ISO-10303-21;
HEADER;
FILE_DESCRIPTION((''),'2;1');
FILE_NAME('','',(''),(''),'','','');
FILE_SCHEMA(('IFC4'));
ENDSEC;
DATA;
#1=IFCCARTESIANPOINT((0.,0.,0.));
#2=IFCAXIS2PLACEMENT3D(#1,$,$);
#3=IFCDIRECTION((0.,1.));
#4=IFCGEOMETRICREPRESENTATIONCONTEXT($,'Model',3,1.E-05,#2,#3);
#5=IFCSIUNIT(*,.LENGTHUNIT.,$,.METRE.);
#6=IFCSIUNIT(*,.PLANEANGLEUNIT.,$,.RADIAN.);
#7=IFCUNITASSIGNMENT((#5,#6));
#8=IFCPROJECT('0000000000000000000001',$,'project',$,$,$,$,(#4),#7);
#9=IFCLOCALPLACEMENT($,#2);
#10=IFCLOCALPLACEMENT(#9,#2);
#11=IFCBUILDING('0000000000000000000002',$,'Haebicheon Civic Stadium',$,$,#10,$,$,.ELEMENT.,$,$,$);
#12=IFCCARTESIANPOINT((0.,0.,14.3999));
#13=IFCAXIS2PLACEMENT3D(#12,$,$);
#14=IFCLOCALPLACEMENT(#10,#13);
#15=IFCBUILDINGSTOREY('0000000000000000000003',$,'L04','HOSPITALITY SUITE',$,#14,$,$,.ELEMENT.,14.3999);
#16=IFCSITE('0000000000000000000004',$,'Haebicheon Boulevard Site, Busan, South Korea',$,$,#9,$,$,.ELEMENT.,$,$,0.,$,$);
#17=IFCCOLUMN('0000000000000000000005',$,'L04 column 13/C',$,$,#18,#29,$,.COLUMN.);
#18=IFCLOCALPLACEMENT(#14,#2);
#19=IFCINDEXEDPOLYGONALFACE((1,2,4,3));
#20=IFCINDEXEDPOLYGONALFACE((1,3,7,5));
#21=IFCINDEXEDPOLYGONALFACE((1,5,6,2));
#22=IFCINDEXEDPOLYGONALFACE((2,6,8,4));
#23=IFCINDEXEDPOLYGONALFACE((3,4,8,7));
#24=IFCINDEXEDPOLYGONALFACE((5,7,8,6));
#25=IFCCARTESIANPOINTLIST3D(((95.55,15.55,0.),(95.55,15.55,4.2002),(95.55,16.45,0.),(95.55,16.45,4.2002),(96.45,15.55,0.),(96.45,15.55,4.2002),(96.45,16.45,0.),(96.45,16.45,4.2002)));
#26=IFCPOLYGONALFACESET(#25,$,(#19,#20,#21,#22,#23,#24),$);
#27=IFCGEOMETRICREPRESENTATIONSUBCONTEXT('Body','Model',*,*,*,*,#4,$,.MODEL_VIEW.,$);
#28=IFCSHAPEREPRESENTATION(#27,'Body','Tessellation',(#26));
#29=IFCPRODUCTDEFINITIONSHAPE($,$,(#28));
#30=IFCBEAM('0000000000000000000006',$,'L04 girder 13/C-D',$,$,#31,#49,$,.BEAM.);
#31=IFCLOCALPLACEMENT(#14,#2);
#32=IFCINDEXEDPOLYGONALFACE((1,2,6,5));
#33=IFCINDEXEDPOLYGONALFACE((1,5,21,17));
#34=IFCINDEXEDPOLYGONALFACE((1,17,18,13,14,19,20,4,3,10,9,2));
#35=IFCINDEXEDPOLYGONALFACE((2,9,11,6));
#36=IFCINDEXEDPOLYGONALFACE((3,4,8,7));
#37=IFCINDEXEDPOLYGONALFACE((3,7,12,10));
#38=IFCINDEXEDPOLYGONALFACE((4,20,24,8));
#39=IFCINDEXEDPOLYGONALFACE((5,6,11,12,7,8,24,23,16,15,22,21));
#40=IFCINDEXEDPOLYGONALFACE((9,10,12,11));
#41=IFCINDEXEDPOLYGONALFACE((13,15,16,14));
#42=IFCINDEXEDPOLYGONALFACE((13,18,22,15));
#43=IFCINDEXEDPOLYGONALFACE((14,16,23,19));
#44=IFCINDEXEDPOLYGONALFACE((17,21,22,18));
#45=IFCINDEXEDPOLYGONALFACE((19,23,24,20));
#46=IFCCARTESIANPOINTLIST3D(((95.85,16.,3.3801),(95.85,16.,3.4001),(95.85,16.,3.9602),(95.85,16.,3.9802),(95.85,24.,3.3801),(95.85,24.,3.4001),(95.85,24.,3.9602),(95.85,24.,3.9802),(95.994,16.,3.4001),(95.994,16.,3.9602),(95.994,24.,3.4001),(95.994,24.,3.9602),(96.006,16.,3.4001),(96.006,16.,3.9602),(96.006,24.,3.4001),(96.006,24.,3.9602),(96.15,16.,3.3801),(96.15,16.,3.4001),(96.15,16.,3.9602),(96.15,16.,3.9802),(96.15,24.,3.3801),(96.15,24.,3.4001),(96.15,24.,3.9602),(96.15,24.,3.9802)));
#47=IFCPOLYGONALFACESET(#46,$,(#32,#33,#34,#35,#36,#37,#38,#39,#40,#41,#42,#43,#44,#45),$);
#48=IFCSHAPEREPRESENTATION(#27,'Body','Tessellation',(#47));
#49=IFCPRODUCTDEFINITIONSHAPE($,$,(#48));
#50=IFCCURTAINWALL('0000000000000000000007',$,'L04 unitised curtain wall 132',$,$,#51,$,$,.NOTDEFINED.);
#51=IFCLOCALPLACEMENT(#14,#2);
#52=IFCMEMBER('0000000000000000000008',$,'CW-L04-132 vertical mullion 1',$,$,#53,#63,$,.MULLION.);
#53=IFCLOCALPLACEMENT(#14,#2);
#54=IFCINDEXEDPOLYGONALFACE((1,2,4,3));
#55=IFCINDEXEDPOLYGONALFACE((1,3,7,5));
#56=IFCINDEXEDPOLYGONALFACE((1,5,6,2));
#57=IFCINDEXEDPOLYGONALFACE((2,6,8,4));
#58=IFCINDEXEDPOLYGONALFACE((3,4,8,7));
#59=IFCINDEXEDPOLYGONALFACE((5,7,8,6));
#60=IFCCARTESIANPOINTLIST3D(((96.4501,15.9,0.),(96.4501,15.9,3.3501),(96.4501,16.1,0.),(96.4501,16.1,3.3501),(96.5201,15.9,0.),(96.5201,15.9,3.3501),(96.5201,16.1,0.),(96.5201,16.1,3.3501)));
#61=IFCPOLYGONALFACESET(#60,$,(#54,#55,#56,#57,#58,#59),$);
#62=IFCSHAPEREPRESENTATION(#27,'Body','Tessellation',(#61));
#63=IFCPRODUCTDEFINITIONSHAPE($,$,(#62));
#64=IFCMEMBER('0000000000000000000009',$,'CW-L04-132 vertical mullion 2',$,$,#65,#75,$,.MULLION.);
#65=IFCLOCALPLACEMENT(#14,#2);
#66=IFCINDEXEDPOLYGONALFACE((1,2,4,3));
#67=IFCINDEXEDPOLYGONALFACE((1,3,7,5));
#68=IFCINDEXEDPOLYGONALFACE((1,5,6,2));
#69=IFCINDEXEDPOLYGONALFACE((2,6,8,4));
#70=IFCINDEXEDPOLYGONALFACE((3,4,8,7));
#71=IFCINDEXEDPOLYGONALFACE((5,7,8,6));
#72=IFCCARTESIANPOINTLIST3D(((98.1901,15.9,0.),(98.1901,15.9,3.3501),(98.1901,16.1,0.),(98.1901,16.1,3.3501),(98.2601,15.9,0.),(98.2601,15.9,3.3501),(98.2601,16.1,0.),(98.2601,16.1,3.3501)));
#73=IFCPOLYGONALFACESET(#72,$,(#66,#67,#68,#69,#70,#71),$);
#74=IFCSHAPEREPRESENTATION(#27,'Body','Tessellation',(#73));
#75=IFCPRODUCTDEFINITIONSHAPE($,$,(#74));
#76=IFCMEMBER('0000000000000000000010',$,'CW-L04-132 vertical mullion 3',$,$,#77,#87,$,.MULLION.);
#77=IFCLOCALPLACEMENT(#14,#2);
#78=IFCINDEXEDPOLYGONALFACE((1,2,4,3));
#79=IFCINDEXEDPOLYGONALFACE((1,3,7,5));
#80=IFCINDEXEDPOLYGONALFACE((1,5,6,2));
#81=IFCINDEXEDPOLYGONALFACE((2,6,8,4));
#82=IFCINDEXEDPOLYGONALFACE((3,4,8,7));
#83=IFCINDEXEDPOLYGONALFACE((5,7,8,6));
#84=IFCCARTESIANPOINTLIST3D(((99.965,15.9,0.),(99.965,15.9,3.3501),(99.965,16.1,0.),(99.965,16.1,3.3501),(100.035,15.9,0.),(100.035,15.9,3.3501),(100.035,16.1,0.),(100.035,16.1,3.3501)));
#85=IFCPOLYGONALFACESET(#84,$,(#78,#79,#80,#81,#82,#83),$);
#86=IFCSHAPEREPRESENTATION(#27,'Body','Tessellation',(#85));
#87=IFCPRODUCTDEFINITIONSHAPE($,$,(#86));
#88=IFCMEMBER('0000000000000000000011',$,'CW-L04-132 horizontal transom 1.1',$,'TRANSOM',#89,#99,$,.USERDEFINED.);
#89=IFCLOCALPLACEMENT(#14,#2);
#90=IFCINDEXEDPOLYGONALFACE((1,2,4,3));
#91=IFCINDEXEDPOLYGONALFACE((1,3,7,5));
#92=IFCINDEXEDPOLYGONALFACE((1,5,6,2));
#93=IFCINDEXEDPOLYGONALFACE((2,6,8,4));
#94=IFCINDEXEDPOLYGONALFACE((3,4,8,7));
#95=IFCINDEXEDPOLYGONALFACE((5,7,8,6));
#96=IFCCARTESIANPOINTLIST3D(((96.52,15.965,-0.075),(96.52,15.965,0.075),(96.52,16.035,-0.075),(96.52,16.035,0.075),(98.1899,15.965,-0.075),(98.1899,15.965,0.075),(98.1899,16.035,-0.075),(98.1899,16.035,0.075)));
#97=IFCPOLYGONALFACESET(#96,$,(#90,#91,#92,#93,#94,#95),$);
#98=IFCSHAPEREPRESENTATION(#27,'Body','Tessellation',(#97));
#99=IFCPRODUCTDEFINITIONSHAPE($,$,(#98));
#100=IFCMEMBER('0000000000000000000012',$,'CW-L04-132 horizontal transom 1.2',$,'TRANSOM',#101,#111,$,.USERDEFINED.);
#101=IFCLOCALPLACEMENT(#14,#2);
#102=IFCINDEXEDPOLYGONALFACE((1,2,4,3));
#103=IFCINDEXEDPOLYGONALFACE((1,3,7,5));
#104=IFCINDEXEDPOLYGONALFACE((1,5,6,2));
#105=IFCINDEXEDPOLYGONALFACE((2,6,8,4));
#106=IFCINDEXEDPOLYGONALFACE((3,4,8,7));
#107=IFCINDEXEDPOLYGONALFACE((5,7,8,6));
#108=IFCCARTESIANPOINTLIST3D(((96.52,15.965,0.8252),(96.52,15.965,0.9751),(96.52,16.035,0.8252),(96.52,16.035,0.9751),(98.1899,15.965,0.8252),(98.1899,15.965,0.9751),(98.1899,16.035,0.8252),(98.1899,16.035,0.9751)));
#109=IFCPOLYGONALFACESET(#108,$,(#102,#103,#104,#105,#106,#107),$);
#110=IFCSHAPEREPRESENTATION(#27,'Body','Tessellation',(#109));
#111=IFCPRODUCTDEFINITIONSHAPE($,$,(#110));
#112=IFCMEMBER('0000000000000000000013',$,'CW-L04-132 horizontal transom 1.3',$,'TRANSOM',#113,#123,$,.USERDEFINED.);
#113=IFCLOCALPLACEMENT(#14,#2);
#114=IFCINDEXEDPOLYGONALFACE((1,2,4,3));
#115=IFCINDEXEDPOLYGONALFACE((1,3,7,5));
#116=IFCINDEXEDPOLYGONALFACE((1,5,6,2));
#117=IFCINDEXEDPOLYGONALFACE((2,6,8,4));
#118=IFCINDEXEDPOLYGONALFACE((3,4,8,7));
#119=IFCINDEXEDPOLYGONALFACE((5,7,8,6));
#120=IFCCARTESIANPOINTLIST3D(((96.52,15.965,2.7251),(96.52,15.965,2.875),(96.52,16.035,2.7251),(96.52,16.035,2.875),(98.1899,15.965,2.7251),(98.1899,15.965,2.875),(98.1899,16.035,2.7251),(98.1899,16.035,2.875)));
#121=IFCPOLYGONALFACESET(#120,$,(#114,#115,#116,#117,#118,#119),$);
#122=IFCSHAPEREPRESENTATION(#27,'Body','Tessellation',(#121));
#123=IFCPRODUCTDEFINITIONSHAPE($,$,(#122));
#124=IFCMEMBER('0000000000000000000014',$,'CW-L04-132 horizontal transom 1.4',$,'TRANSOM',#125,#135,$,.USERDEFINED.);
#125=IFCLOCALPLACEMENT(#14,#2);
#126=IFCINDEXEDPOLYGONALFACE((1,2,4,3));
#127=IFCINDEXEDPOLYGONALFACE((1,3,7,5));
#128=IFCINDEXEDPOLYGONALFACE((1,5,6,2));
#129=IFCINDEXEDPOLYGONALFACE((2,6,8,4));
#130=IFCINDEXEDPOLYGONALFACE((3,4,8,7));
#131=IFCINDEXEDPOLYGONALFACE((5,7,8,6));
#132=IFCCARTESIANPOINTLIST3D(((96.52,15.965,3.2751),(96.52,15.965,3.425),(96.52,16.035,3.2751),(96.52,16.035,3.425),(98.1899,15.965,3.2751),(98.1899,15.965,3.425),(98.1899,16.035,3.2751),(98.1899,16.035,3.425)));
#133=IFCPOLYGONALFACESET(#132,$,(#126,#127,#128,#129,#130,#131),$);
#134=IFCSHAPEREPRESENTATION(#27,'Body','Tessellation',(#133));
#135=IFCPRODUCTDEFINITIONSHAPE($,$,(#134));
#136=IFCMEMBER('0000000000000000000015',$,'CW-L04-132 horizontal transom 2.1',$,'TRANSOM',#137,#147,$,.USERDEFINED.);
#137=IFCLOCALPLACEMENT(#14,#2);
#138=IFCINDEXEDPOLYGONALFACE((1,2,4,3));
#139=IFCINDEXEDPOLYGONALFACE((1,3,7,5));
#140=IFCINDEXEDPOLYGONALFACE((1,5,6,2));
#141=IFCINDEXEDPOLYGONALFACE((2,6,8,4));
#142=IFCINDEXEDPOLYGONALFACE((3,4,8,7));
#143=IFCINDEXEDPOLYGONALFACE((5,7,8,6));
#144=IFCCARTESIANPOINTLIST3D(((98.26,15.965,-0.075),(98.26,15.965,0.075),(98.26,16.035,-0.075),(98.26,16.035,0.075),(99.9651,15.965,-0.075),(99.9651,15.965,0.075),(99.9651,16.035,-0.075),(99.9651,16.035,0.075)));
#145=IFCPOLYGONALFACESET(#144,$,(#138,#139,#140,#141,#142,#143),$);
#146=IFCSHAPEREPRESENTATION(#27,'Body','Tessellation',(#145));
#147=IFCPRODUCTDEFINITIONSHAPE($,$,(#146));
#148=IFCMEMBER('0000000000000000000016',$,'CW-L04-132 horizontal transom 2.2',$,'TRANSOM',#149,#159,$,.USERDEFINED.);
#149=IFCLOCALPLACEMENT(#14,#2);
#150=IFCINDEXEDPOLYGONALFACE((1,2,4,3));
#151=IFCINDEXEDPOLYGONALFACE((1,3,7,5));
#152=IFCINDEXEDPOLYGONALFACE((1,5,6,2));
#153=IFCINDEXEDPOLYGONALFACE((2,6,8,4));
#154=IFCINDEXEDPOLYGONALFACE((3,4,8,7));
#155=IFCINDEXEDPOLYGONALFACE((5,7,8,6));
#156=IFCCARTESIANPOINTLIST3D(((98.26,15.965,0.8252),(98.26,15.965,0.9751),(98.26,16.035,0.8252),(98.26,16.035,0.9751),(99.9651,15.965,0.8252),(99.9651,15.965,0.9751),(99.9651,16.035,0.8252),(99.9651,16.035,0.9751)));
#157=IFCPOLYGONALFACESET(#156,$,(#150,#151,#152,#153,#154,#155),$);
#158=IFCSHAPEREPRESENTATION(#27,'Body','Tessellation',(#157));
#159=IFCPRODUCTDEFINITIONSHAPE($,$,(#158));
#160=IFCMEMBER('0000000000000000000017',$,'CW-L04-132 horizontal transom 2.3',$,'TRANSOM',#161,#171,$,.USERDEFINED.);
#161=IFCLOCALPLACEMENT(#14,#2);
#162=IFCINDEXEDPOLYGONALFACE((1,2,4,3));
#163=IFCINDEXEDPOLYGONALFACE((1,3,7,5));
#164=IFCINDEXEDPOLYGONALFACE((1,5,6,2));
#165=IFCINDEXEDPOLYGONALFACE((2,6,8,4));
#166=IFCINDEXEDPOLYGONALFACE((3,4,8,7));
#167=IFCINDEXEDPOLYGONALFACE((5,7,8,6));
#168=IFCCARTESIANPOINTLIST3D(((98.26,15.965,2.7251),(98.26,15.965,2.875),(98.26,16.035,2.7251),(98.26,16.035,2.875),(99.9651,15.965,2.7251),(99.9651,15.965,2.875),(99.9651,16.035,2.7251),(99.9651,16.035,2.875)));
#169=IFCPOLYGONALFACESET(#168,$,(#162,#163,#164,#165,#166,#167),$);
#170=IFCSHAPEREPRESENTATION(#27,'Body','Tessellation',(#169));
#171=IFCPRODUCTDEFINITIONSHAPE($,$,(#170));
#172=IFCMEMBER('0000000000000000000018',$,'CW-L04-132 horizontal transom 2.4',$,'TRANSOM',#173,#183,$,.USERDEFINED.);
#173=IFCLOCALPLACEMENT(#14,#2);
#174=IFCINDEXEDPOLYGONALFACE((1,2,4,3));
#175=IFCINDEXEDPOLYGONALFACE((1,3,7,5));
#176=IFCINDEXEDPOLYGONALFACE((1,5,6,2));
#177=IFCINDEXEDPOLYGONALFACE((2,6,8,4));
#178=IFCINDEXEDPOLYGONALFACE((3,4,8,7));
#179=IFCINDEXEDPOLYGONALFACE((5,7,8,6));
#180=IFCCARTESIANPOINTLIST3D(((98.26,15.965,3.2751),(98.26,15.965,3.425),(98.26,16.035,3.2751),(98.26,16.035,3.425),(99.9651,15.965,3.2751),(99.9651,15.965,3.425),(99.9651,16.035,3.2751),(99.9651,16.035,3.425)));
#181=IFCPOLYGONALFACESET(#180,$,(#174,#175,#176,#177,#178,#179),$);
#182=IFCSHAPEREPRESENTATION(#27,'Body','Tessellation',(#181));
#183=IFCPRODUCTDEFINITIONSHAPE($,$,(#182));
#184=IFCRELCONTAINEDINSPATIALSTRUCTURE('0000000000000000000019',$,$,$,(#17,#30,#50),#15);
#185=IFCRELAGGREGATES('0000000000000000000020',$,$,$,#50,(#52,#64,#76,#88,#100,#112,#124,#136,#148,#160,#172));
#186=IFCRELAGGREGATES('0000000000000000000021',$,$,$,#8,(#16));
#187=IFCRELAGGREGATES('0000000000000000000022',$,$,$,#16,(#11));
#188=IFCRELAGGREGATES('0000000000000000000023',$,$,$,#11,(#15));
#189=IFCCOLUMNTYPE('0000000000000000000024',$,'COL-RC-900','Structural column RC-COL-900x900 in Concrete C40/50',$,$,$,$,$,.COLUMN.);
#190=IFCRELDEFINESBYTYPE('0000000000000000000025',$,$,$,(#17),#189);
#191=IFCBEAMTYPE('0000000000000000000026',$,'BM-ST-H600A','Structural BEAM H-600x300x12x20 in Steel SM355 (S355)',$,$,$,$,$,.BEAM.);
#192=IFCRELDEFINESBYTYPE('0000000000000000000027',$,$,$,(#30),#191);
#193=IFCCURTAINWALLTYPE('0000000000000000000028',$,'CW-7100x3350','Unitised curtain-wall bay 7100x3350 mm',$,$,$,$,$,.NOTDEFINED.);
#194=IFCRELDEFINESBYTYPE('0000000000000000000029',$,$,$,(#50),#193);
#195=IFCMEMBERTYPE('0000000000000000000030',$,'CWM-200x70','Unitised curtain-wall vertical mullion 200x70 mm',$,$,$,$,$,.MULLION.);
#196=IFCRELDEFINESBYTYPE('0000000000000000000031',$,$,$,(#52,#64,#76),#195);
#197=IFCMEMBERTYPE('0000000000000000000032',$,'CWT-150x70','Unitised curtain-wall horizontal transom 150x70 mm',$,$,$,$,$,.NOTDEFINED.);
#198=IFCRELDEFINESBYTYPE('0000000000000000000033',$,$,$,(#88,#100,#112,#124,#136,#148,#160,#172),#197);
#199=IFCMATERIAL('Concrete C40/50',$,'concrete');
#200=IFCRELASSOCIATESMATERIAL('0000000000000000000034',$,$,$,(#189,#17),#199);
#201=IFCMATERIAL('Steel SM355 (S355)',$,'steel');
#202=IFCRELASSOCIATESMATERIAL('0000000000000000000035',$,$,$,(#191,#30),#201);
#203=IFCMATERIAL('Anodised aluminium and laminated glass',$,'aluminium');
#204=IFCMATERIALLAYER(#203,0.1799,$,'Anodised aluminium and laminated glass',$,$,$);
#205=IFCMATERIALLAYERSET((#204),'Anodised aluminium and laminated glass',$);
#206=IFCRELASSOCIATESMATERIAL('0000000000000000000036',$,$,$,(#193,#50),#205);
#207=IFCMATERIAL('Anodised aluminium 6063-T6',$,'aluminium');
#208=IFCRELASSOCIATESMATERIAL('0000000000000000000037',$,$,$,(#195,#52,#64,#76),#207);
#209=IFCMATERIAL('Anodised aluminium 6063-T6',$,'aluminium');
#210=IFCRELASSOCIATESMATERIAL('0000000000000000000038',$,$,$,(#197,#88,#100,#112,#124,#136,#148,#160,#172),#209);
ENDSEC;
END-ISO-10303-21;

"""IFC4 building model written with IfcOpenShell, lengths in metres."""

from ifc_helpers import new_model, si_unit, direction, frame, origin, origin_2d, place, context, subcontext, project, spatial, rectangle, i_section, extrude, material, layer, layer_set, material_profile, profile_set, type_object, element, aggregate, save


model = new_model("IFC4")

# Units and contexts
model_context = context("Model", 3, precision=1e-05, world=origin(), true_north=direction((0.0, 1.0)))
body_context = subcontext(model_context, "Body", "Model", "MODEL_VIEW")
ifc_project = project(units=[si_unit("LENGTHUNIT", "METRE"), si_unit("PLANEANGLEUNIT", "RADIAN")], contexts=[model_context])

# Site, building, storey
site_placement = place(None, origin())
site = spatial("IfcSite", under=ifc_project, at=site_placement, Name="Haebicheon Boulevard Site, Busan, South Korea", CompositionType="ELEMENT", RefElevation=0.0)
building_placement = place(site_placement, origin())
building = spatial("IfcBuilding", under=site, at=building_placement, Name="Haebicheon Civic Stadium", CompositionType="ELEMENT")
storey_placement = place(building_placement, frame((0.0, 0.0, 14.3999)))
storey = spatial("IfcBuildingStorey", under=building, at=storey_placement, Name="L04", Description="HOSPITALITY SUITE", CompositionType="ELEMENT", Elevation=14.3999)

# Column
ifc_material_1 = material(Name="Concrete C40/50", Category="concrete")
ifc_material_profile_1 = material_profile(ifc_material_1, rectangle(XDim=0.8999, YDim=0.8999, at=origin_2d()), Name="RC-COL-900x900")
ifc_profile_set_1 = profile_set([ifc_material_profile_1], Name="Concrete C40/50")
column_type = type_object("IfcColumnType", Name="COL-RC-900", Description="Structural column RC-COL-900x900 in Concrete C40/50", PredefinedType="COLUMN", material=ifc_profile_set_1)
column_placement = place(storey_placement, frame((96.0, 16.0, 0.0), z_axis=(0.0, 0.0, 1.0), x_axis=(1.0, 0.0, 0.0)))
element("IfcColumn", 1, at=column_placement, inside=storey, type_object=column_type, material=ifc_profile_set_1, Name="L04 column 13/C", PredefinedType="COLUMN", context=body_context, shape_type="SweptSolid", body=[
    extrude(rectangle(XDim=0.8999, YDim=0.8999, at=origin_2d()), origin(), (0.0, 0.0, 1.0), 4.2002),
])

# Beam
ifc_material_2 = material(Name="Steel SM355 (S355)", Category="steel")
ifc_material_profile_2 = material_profile(ifc_material_2, i_section(OverallWidth=0.3, OverallDepth=0.6001, WebThickness=0.012, FlangeThickness=0.02, at=origin_2d()), Name="H-600x300x12x20")
ifc_profile_set_2 = profile_set([ifc_material_profile_2], Name="Steel SM355 (S355)")
beam_type_1 = type_object("IfcBeamType", Name="BM-ST-H600A", Description="Structural BEAM H-600x300x12x20 in Steel SM355 (S355)", PredefinedType="BEAM", material=ifc_profile_set_2)
beam_1_placement = place(storey_placement, frame((96.0, 16.0, 3.6802), z_axis=(0.0, 1.0, 0.0), x_axis=(-1.0, 0.0, 0.0)))
element("IfcBeam", 2, at=beam_1_placement, inside=storey, type_object=beam_type_1, material=ifc_profile_set_2, Name="L04 girder 13/C-D", PredefinedType="BEAM", context=body_context, shape_type="SweptSolid", body=[
    extrude(i_section(OverallWidth=0.3, OverallDepth=0.6001, WebThickness=0.012, FlangeThickness=0.02, at=origin_2d()), origin(), (0.0, 0.0, 1.0), 8.0),
])

# Curtain wall, members
ifc_material_3 = material(Name="Anodised aluminium and laminated glass", Category="aluminium")
ifc_layer_1 = layer(ifc_material_3, 0.1799, Name="Anodised aluminium and laminated glass")
ifc_layer_set_1 = layer_set([ifc_layer_1], Name="Anodised aluminium and laminated glass")
curtain_wall_type = type_object("IfcCurtainWallType", Name="CW-7100x3350", Description="Unitised curtain-wall bay 7100x3350 mm", PredefinedType="NOTDEFINED", material=ifc_layer_set_1)
curtain_wall_placement = place(storey_placement, origin())
curtain_wall = element("IfcCurtainWall", 3, at=curtain_wall_placement, inside=storey, type_object=curtain_wall_type, material=ifc_layer_set_1, Name="L04 unitised curtain wall 132", PredefinedType="NOTDEFINED")
ifc_material_4 = material(Name="Anodised aluminium 6063-T6", Category="aluminium")
ifc_material_profile_3 = material_profile(ifc_material_4, rectangle(XDim=0.0701, YDim=0.2, at=origin_2d()), Name="ALU-MULL-70x200")
ifc_profile_set_3 = profile_set([ifc_material_profile_3], Name="Anodised aluminium 6063-T6")
member_type_1 = type_object("IfcMemberType", Name="CWM-200x70", Description="Unitised curtain-wall vertical mullion 200x70 mm", PredefinedType="MULLION", material=ifc_profile_set_3)
member_1_placement = place(storey_placement, frame((96.4851, 16.0, 0.0), z_axis=(0.0, 0.0, 1.0), x_axis=(1.0, 0.0, 0.0)))
member_1 = element("IfcMember", 4, at=member_1_placement, type_object=member_type_1, material=ifc_profile_set_3, Name="CW-L04-132 vertical mullion 1", PredefinedType="MULLION", context=body_context, shape_type="SweptSolid", body=[
    extrude(rectangle(XDim=0.0701, YDim=0.2, at=origin_2d()), origin(), (0.0, 0.0, 1.0), 3.3501),
])
member_2_placement = place(storey_placement, frame((98.2251, 16.0, 0.0), z_axis=(0.0, 0.0, 1.0), x_axis=(1.0, 0.0, 0.0)))
member_2 = element("IfcMember", 5, at=member_2_placement, type_object=member_type_1, material=ifc_profile_set_3, Name="CW-L04-132 vertical mullion 2", PredefinedType="MULLION", context=body_context, shape_type="SweptSolid", body=[
    extrude(rectangle(XDim=0.0701, YDim=0.2, at=origin_2d()), origin(), (0.0, 0.0, 1.0), 3.3501),
])
member_3_placement = place(storey_placement, frame((100.0, 16.0, 0.0), z_axis=(0.0, 0.0, 1.0), x_axis=(1.0, 0.0, 0.0)))
member_3 = element("IfcMember", 6, at=member_3_placement, type_object=member_type_1, material=ifc_profile_set_3, Name="CW-L04-132 vertical mullion 3", PredefinedType="MULLION", context=body_context, shape_type="SweptSolid", body=[
    extrude(rectangle(XDim=0.0701, YDim=0.2, at=origin_2d()), origin(), (0.0, 0.0, 1.0), 3.3501),
])
ifc_material_5 = material(Name="Anodised aluminium 6063-T6", Category="aluminium")
ifc_material_profile_4 = material_profile(ifc_material_5, rectangle(XDim=0.0701, YDim=0.1499, at=origin_2d()), Name="ALU-TRAN-70x150")
ifc_profile_set_4 = profile_set([ifc_material_profile_4], Name="Anodised aluminium 6063-T6")
member_type_2 = type_object("IfcMemberType", Name="CWT-150x70", Description="Unitised curtain-wall horizontal transom 150x70 mm", PredefinedType="NOTDEFINED", material=ifc_profile_set_4)
member_4_placement = place(storey_placement, frame((96.52, 16.0, 0.0), z_axis=(1.0, 0.0, 0.0), x_axis=(0.0, 1.0, 0.0)))
member_4 = element("IfcMember", 7, at=member_4_placement, type_object=member_type_2, material=ifc_profile_set_4, Name="CW-L04-132 horizontal transom 1.1", ObjectType="TRANSOM", PredefinedType="USERDEFINED", context=body_context, shape_type="SweptSolid", body=[
    extrude(rectangle(XDim=0.0701, YDim=0.1499, at=origin_2d()), origin(), (0.0, 0.0, 1.0), 1.6699),
])
member_5_placement = place(storey_placement, frame((96.52, 16.0, 0.9001), z_axis=(1.0, 0.0, 0.0), x_axis=(0.0, 1.0, 0.0)))
member_5 = element("IfcMember", 8, at=member_5_placement, type_object=member_type_2, material=ifc_profile_set_4, Name="CW-L04-132 horizontal transom 1.2", ObjectType="TRANSOM", PredefinedType="USERDEFINED", context=body_context, shape_type="SweptSolid", body=[
    extrude(rectangle(XDim=0.0701, YDim=0.1499, at=origin_2d()), origin(), (0.0, 0.0, 1.0), 1.6699),
])
member_6_placement = place(storey_placement, frame((96.52, 16.0, 2.8), z_axis=(1.0, 0.0, 0.0), x_axis=(0.0, 1.0, 0.0)))
member_6 = element("IfcMember", 9, at=member_6_placement, type_object=member_type_2, material=ifc_profile_set_4, Name="CW-L04-132 horizontal transom 1.3", ObjectType="TRANSOM", PredefinedType="USERDEFINED", context=body_context, shape_type="SweptSolid", body=[
    extrude(rectangle(XDim=0.0701, YDim=0.1499, at=origin_2d()), origin(), (0.0, 0.0, 1.0), 1.6699),
])
member_7_placement = place(storey_placement, frame((96.52, 16.0, 3.3501), z_axis=(1.0, 0.0, 0.0), x_axis=(0.0, 1.0, 0.0)))
member_7 = element("IfcMember", 10, at=member_7_placement, type_object=member_type_2, material=ifc_profile_set_4, Name="CW-L04-132 horizontal transom 1.4", ObjectType="TRANSOM", PredefinedType="USERDEFINED", context=body_context, shape_type="SweptSolid", body=[
    extrude(rectangle(XDim=0.0701, YDim=0.1499, at=origin_2d()), origin(), (0.0, 0.0, 1.0), 1.6699),
])
member_8_placement = place(storey_placement, frame((98.26, 16.0, 0.0), z_axis=(1.0, 0.0, 0.0), x_axis=(0.0, 1.0, 0.0)))
member_8 = element("IfcMember", 11, at=member_8_placement, type_object=member_type_2, material=ifc_profile_set_4, Name="CW-L04-132 horizontal transom 2.1", ObjectType="TRANSOM", PredefinedType="USERDEFINED", context=body_context, shape_type="SweptSolid", body=[
    extrude(rectangle(XDim=0.0701, YDim=0.1499, at=origin_2d()), origin(), (0.0, 0.0, 1.0), 1.7051),
])
member_9_placement = place(storey_placement, frame((98.26, 16.0, 0.9001), z_axis=(1.0, 0.0, 0.0), x_axis=(0.0, 1.0, 0.0)))
member_9 = element("IfcMember", 12, at=member_9_placement, type_object=member_type_2, material=ifc_profile_set_4, Name="CW-L04-132 horizontal transom 2.2", ObjectType="TRANSOM", PredefinedType="USERDEFINED", context=body_context, shape_type="SweptSolid", body=[
    extrude(rectangle(XDim=0.0701, YDim=0.1499, at=origin_2d()), origin(), (0.0, 0.0, 1.0), 1.7051),
])
member_10_placement = place(storey_placement, frame((98.26, 16.0, 2.8), z_axis=(1.0, 0.0, 0.0), x_axis=(0.0, 1.0, 0.0)))
member_10 = element("IfcMember", 13, at=member_10_placement, type_object=member_type_2, material=ifc_profile_set_4, Name="CW-L04-132 horizontal transom 2.3", ObjectType="TRANSOM", PredefinedType="USERDEFINED", context=body_context, shape_type="SweptSolid", body=[
    extrude(rectangle(XDim=0.0701, YDim=0.1499, at=origin_2d()), origin(), (0.0, 0.0, 1.0), 1.7051),
])
member_11_placement = place(storey_placement, frame((98.26, 16.0, 3.3501), z_axis=(1.0, 0.0, 0.0), x_axis=(0.0, 1.0, 0.0)))
member_11 = element("IfcMember", 14, at=member_11_placement, type_object=member_type_2, material=ifc_profile_set_4, Name="CW-L04-132 horizontal transom 2.4", ObjectType="TRANSOM", PredefinedType="USERDEFINED", context=body_context, shape_type="SweptSolid", body=[
    extrude(rectangle(XDim=0.0701, YDim=0.1499, at=origin_2d()), origin(), (0.0, 0.0, 1.0), 1.7051),
])

aggregate(curtain_wall, [member_1, member_2, member_3, member_4, member_5, member_6, member_7, member_8, member_9, member_10, member_11])

save(model, "model.ifc")
